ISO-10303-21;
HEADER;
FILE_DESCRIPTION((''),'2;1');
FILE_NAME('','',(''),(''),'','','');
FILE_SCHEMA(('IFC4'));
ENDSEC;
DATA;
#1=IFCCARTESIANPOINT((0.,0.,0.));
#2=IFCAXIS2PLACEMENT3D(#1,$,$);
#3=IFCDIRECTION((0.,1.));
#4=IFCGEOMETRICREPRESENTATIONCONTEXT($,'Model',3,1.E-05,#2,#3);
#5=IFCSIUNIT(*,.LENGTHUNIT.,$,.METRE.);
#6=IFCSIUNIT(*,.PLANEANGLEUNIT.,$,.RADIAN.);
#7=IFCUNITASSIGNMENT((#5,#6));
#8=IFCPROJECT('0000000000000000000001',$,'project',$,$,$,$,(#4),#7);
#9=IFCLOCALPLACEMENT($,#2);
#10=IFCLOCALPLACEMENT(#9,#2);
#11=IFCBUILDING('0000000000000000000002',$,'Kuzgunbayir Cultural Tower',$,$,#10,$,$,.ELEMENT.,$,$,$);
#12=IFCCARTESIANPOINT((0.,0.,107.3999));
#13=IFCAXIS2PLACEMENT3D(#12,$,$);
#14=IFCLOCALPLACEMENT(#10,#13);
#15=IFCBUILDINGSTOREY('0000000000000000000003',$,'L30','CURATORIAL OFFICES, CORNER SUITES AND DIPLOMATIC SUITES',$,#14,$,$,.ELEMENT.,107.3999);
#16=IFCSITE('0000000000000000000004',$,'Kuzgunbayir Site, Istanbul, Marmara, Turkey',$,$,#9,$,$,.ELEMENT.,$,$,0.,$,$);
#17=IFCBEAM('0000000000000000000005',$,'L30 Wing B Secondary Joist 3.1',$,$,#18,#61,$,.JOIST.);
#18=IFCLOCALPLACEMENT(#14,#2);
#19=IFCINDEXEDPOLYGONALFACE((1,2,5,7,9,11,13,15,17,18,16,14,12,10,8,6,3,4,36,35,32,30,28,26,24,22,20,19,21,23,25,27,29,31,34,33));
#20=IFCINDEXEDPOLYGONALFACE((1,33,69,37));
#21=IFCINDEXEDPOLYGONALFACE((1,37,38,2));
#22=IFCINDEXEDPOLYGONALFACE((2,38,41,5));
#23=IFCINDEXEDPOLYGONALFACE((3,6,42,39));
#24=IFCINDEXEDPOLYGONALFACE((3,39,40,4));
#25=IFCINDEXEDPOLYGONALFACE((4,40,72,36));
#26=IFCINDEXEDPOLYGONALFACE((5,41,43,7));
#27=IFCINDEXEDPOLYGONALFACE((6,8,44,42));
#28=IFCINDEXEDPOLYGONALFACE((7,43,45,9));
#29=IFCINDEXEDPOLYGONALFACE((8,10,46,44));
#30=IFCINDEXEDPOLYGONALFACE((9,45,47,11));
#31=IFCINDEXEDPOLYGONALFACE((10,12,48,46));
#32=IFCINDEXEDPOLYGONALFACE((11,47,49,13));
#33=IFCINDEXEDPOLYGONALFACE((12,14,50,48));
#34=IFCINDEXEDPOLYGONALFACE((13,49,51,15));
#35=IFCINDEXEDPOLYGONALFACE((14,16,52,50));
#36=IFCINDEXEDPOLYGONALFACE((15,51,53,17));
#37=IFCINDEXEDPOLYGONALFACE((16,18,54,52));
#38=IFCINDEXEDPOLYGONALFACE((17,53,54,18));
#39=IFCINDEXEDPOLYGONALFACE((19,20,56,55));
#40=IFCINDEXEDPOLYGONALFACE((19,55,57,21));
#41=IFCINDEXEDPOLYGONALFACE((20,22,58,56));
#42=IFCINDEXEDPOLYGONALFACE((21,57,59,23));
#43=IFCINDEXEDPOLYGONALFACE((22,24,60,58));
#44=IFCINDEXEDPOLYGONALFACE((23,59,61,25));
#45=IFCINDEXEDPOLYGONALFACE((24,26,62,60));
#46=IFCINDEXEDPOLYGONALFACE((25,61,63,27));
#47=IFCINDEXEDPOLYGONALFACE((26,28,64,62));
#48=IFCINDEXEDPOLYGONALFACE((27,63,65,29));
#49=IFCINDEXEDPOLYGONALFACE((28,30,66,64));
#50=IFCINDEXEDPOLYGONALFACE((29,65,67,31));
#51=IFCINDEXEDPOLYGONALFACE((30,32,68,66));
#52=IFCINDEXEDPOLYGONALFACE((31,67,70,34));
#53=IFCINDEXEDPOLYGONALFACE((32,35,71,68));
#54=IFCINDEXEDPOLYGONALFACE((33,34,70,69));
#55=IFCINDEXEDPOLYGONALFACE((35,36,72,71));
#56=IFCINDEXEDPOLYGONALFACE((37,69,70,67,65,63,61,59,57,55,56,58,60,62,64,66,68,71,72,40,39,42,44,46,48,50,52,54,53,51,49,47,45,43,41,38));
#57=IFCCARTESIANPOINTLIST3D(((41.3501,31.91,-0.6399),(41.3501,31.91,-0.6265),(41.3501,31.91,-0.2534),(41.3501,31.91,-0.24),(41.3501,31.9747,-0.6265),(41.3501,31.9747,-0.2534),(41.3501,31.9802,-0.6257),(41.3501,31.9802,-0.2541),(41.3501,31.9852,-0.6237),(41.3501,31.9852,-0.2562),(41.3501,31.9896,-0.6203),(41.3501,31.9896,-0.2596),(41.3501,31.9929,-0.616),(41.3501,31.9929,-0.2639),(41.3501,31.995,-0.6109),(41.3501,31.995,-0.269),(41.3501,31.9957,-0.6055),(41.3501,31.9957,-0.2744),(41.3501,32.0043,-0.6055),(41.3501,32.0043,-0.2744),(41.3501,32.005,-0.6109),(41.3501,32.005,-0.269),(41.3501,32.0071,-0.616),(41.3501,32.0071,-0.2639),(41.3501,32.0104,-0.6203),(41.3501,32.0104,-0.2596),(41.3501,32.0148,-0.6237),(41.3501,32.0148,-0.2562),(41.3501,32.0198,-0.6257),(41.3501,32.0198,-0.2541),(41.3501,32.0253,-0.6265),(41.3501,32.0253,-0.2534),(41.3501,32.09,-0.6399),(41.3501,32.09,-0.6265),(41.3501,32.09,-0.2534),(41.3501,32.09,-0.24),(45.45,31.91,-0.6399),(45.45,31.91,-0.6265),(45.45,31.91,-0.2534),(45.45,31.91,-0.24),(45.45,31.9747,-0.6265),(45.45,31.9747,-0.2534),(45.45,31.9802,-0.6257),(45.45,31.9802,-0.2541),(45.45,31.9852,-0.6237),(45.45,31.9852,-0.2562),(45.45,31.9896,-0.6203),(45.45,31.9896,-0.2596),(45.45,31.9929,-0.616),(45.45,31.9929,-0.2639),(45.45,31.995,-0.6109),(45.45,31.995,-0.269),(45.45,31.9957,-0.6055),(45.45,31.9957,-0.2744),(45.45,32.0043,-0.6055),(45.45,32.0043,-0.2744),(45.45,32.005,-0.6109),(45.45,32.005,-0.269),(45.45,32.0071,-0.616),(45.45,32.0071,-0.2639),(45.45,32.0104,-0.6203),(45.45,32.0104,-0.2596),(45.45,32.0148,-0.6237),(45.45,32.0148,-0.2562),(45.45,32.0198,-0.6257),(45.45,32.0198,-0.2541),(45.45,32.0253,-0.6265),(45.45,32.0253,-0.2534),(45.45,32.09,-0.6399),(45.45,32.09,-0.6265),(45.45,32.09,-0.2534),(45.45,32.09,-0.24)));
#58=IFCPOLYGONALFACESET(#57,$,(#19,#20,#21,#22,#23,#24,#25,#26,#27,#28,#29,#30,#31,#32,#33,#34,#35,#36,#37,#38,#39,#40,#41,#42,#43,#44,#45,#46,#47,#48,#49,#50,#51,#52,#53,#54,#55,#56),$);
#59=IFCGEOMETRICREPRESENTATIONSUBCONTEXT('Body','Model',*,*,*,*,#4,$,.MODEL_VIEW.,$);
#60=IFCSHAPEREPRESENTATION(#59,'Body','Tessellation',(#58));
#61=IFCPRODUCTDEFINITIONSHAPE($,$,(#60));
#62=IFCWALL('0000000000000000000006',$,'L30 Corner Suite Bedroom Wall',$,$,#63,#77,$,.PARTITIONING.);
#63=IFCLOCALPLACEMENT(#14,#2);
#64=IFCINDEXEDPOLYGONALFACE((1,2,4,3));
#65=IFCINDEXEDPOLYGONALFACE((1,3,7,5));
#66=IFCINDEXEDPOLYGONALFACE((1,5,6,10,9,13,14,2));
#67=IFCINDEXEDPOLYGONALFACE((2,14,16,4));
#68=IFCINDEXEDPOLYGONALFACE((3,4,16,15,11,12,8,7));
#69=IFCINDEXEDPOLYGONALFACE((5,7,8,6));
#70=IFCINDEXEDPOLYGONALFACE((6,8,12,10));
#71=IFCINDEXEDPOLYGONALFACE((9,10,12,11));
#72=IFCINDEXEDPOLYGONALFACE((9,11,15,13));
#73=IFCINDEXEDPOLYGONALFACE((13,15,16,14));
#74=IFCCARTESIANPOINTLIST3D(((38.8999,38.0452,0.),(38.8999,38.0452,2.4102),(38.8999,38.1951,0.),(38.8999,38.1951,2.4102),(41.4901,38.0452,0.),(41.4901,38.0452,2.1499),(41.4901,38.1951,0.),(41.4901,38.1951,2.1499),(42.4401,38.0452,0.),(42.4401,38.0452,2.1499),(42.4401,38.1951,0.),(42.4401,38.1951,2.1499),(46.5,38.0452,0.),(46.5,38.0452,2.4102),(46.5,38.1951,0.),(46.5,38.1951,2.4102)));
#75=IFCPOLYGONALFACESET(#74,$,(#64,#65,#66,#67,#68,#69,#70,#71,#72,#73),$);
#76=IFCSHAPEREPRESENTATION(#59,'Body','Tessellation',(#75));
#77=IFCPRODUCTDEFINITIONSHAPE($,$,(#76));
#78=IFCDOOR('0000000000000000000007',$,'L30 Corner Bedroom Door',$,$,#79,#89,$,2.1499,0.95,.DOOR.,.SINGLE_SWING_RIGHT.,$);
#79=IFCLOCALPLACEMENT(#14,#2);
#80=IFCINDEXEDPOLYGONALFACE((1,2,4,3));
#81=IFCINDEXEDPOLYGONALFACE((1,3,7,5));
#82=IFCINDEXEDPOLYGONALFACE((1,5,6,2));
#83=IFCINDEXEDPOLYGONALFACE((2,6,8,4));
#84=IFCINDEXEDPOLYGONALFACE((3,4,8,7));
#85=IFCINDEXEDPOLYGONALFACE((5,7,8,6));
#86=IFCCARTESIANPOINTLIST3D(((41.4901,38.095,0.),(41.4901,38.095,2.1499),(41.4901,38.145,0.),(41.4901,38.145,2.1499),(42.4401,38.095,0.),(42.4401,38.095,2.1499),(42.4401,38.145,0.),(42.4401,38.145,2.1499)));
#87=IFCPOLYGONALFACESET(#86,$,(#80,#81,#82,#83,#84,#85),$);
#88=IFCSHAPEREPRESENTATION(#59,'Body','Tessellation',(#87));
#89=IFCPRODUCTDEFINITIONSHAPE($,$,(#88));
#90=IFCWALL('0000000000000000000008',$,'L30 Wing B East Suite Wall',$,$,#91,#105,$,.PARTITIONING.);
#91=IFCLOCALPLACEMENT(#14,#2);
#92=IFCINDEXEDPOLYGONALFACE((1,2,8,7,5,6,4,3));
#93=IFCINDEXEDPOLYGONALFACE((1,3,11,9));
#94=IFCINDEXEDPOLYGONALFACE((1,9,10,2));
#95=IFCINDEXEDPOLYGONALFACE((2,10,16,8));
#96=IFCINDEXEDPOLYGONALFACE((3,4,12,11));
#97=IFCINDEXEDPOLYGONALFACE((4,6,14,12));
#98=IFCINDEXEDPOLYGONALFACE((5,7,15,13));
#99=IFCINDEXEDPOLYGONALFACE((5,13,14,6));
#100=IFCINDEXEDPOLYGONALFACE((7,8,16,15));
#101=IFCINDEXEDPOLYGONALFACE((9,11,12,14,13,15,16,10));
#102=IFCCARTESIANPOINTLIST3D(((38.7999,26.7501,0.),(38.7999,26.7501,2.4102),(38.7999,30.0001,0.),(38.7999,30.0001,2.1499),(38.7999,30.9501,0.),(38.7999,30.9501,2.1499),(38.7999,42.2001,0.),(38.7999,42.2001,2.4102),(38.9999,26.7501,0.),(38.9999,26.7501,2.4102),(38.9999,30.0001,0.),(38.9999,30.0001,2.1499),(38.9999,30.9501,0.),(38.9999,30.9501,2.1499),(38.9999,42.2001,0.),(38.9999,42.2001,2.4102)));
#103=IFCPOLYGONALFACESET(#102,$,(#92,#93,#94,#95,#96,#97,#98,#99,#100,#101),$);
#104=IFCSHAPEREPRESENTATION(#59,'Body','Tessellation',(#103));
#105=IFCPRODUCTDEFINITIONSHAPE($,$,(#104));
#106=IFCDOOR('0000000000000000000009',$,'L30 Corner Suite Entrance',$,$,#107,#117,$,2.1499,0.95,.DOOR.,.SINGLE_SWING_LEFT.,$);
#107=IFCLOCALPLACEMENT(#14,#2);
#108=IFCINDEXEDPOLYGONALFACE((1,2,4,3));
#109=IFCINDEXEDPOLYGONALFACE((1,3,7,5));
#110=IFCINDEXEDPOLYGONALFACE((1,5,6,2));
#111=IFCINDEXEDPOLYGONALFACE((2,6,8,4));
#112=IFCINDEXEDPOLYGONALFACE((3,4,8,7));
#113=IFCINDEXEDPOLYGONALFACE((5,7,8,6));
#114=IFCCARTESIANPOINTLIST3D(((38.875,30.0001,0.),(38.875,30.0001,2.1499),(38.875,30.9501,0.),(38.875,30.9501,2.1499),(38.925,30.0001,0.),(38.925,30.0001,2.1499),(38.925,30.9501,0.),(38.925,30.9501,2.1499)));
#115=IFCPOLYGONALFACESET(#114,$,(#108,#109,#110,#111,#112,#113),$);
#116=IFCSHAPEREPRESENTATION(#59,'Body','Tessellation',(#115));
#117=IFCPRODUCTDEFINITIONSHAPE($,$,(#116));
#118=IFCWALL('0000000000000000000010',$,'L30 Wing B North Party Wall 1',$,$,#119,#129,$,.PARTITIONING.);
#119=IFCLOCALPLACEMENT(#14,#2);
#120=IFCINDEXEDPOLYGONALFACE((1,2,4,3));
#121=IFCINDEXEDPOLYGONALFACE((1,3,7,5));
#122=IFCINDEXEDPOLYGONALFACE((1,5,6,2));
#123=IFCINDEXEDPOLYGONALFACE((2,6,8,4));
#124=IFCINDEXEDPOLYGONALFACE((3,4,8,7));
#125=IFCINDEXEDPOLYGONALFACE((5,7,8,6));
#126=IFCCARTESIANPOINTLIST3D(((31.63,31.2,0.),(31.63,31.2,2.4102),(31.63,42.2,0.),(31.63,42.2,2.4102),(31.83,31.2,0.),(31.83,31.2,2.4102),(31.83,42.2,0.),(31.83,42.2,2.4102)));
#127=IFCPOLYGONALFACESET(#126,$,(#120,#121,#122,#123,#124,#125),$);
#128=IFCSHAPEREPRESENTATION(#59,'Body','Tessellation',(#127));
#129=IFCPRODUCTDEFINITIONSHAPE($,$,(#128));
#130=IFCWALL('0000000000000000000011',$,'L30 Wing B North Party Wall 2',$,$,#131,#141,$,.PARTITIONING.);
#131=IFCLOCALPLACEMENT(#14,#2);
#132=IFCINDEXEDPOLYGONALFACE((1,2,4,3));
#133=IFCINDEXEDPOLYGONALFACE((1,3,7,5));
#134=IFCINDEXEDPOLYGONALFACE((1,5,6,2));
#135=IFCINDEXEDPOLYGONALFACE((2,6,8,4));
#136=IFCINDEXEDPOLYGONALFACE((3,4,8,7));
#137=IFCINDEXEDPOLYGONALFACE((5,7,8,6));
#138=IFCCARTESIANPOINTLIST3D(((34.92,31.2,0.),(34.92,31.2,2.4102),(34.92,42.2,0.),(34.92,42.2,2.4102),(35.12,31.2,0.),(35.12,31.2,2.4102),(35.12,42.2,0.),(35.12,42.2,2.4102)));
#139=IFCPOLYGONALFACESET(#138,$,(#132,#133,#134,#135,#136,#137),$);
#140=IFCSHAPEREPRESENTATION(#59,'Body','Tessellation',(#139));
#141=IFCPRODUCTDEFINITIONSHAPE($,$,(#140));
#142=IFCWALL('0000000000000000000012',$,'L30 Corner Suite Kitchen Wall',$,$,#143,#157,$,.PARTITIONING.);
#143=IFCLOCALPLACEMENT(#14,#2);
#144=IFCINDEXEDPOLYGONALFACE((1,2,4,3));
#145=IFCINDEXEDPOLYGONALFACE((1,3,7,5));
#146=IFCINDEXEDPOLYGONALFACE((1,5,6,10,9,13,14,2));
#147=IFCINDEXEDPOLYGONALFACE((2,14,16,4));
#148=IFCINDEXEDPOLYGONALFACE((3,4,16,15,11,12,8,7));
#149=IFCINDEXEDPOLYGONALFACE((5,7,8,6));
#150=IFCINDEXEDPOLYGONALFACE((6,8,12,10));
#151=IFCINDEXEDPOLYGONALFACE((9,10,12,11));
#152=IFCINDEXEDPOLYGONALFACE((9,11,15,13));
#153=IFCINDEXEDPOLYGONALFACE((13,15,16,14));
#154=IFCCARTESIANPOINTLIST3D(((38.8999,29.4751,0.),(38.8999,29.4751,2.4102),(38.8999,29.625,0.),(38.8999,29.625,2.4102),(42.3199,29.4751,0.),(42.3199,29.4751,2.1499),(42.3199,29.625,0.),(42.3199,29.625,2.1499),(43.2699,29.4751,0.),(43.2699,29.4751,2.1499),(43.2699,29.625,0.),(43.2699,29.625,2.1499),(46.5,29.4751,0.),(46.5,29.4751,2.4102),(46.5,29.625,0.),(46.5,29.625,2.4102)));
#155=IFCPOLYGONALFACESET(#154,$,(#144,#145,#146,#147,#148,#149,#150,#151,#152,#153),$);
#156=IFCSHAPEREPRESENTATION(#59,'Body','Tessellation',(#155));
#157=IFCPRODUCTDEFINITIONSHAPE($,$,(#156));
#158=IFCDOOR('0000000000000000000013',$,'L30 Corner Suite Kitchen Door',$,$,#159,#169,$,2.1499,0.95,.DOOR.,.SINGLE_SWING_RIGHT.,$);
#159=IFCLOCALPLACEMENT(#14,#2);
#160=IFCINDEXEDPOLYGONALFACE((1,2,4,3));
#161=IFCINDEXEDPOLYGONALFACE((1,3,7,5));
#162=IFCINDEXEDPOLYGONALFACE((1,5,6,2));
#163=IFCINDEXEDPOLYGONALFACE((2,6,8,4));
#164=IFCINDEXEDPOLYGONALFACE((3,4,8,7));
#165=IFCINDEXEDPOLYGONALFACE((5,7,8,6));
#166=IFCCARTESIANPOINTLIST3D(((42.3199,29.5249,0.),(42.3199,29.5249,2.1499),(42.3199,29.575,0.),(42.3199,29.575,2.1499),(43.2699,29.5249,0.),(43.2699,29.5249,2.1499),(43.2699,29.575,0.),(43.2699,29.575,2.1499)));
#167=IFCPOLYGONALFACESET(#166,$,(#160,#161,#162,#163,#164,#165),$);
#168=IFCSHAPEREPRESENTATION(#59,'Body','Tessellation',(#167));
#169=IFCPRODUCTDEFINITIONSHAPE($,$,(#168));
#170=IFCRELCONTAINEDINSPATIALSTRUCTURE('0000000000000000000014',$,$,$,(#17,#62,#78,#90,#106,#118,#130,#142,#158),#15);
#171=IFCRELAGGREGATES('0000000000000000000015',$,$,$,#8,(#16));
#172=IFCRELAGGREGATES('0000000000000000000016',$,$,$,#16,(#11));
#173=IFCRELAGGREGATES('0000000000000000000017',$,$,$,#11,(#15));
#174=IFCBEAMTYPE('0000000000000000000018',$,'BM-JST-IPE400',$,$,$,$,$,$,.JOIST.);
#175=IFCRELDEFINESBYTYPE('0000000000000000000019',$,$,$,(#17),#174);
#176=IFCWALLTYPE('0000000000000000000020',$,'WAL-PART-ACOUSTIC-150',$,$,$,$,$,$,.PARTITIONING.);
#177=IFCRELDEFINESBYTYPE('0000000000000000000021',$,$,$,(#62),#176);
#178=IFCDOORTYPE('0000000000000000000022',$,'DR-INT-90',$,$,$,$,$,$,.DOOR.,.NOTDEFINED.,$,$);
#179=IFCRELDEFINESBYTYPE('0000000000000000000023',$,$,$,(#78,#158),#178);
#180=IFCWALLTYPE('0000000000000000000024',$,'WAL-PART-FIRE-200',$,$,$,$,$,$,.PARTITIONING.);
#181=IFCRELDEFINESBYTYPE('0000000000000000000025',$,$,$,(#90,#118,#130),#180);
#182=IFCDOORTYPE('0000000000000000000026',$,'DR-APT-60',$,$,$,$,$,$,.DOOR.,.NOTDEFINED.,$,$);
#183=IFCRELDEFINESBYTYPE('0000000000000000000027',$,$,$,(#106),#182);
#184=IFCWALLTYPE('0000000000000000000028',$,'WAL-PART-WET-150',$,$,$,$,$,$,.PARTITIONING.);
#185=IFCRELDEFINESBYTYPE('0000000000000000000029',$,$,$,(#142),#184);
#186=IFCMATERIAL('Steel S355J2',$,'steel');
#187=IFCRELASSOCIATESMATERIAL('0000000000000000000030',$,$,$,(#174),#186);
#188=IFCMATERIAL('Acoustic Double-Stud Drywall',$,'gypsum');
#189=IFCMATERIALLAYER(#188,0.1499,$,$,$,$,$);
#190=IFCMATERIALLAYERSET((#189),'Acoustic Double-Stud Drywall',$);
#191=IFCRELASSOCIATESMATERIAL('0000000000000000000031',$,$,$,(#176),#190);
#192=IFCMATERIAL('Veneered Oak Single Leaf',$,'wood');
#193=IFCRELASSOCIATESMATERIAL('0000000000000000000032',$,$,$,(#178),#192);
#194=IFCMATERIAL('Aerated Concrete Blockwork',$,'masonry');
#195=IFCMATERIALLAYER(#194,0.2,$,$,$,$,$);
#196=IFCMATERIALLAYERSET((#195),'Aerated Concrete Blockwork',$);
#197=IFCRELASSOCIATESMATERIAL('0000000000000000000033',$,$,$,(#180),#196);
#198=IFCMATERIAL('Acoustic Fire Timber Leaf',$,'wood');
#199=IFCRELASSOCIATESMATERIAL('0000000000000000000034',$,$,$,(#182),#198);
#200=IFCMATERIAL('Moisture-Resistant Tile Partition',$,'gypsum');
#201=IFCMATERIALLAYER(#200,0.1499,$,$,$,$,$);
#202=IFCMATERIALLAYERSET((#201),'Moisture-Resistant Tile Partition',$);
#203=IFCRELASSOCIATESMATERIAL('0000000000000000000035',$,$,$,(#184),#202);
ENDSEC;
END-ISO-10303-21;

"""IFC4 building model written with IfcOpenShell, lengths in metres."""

from ifc_helpers import new_model, si_unit, direction, frame, frame_2d, origin, origin_2d, place, context, subcontext, project, spatial, rectangle, i_section, extrude, material, layer, layer_set, material_profile, profile_set, type_object, element, fill, save


model = new_model("IFC4")

# Units and contexts
model_context = context("Model", 3, precision=1e-05, world=origin(), true_north=direction((0.0, 1.0)))
body_context = subcontext(model_context, "Body", "Model", "MODEL_VIEW")
ifc_project = project(units=[si_unit("LENGTHUNIT", "METRE"), si_unit("PLANEANGLEUNIT", "RADIAN")], contexts=[model_context])

# Site, building, storey
site_placement = place(None, origin())
site = spatial("IfcSite", under=ifc_project, at=site_placement, Name="Kuzgunbayir Site, Istanbul, Marmara, Turkey", CompositionType="ELEMENT", RefElevation=0.0)
building_placement = place(site_placement, origin())
building = spatial("IfcBuilding", under=site, at=building_placement, Name="Kuzgunbayir Cultural Tower", CompositionType="ELEMENT")
storey_placement = place(building_placement, frame((0.0, 0.0, 107.3999)))
storey = spatial("IfcBuildingStorey", under=building, at=storey_placement, Name="L30", Description="CURATORIAL OFFICES, CORNER SUITES AND DIPLOMATIC SUITES", CompositionType="ELEMENT", Elevation=107.3999)

# Beam
ifc_material_1 = material(Name="Steel S355J2", Category="steel")
ifc_material_profile_1 = material_profile(ifc_material_1, i_section(OverallWidth=0.1799, OverallDepth=0.3999, WebThickness=0.0085, FlangeThickness=0.0134, FilletRadius=0.021, at=origin_2d()), Name="IPE 400")
ifc_profile_set_1 = profile_set([ifc_material_profile_1], Name="Steel S355J2")
beam_type_1 = type_object("IfcBeamType", Name="BM-JST-IPE400", PredefinedType="JOIST", material=ifc_profile_set_1)
beam_1_placement = place(storey_placement, frame((41.3501, 32.0, -0.4399), z_axis=(1.0, 0.0, 0.0), x_axis=(0.0, 1.0, 0.0)))
element("IfcBeam", 1, at=beam_1_placement, inside=storey, type_object=beam_type_1, Name="L30 Wing B Secondary Joist 3.1", PredefinedType="JOIST", context=body_context, shape_type="SweptSolid", body=[
    extrude(i_section(OverallWidth=0.1799, OverallDepth=0.3999, WebThickness=0.0085, FlangeThickness=0.0134, FilletRadius=0.021, at=origin_2d()), origin(), (0.0, 0.0, 1.0), 4.0999),
])

# Walls, openings, doors
ifc_material_2 = material(Name="Acoustic Double-Stud Drywall", Category="gypsum")
ifc_layer_1 = layer(ifc_material_2, 0.1499)
ifc_layer_set_1 = layer_set([ifc_layer_1], Name="Acoustic Double-Stud Drywall")
wall_type_1 = type_object("IfcWallType", Name="WAL-PART-ACOUSTIC-150", PredefinedType="PARTITIONING", material=ifc_layer_set_1)
wall_1_placement = place(storey_placement, frame((38.8999, 38.1201, 0.0), z_axis=(0.0, 0.0, 1.0), x_axis=(1.0, 0.0, 0.0)))
wall_1 = element("IfcWall", 2, at=wall_1_placement, inside=storey, type_object=wall_type_1, Name="L30 Corner Suite Bedroom Wall", PredefinedType="PARTITIONING", context=body_context, shape_type="SweptSolid", body=[
    extrude(rectangle(XDim=7.6001, YDim=0.1499, at=frame_2d((3.8, 0.0))), origin(), (0.0, 0.0, 1.0), 2.4102),
])
opening_1_placement = place(wall_1_placement, frame((2.5901, 0.0, 0.0)))
opening_1 = element("IfcOpeningElement", 3, at=opening_1_placement, cuts=wall_1, PredefinedType="OPENING", context=body_context, shape_type="SweptSolid", body=[
    extrude(rectangle(XDim=0.95, YDim=2.1499, at=frame_2d((0.4751, 1.075))), frame((0.0, 0.085, 0.0), z_axis=(0.0, -1.0, 0.0), x_axis=(1.0, 0.0, 0.0)), (0.0, 0.0, 1.0), 0.1699),
])
ifc_material_3 = material(Name="Veneered Oak Single Leaf", Category="wood")
door_type_1 = type_object("IfcDoorType", Name="DR-INT-90", OperationType="NOTDEFINED", PredefinedType="DOOR", material=ifc_material_3)
door_1_placement = place(opening_1_placement, origin())
door_1 = element("IfcDoor", 4, at=door_1_placement, inside=storey, type_object=door_type_1, Name="L30 Corner Bedroom Door", OperationType="SINGLE_SWING_RIGHT", OverallHeight=2.1499, OverallWidth=0.95, PredefinedType="DOOR", context=body_context, shape_type="SweptSolid", body=[
    extrude(rectangle(XDim=0.95, YDim=2.1499, at=frame_2d((0.4751, 1.075))), frame((0.0, 0.0249, 0.0), z_axis=(0.0, -1.0, 0.0), x_axis=(1.0, 0.0, 0.0)), (0.0, 0.0, 1.0), 0.05),
])
fill(opening_1, door_1)
ifc_material_4 = material(Name="Aerated Concrete Blockwork", Category="masonry")
ifc_layer_2 = layer(ifc_material_4, 0.2)
ifc_layer_set_2 = layer_set([ifc_layer_2], Name="Aerated Concrete Blockwork")
wall_type_2 = type_object("IfcWallType", Name="WAL-PART-FIRE-200", PredefinedType="PARTITIONING", material=ifc_layer_set_2)
wall_2_placement = place(storey_placement, frame((38.8999, 26.75, 0.0), z_axis=(0.0, 0.0, 1.0), x_axis=(0.0, 1.0, 0.0)))
wall_2 = element("IfcWall", 5, at=wall_2_placement, inside=storey, type_object=wall_type_2, Name="L30 Wing B East Suite Wall", PredefinedType="PARTITIONING", context=body_context, shape_type="SweptSolid", body=[
    extrude(rectangle(XDim=15.45, YDim=0.2, at=frame_2d((7.7251, 0.0))), origin(), (0.0, 0.0, 1.0), 2.4102),
])
opening_2_placement = place(wall_2_placement, frame((3.25, 0.0, 0.0)))
opening_2 = element("IfcOpeningElement", 6, at=opening_2_placement, cuts=wall_2, PredefinedType="OPENING", context=body_context, shape_type="SweptSolid", body=[
    extrude(rectangle(XDim=0.95, YDim=2.1499, at=frame_2d((0.4751, 1.075))), frame((0.0, 0.1099, 0.0), z_axis=(0.0, -1.0, 0.0), x_axis=(1.0, 0.0, 0.0)), (0.0, 0.0, 1.0), 0.22),
])
ifc_material_5 = material(Name="Acoustic Fire Timber Leaf", Category="wood")
door_type_2 = type_object("IfcDoorType", Name="DR-APT-60", OperationType="NOTDEFINED", PredefinedType="DOOR", material=ifc_material_5)
door_2_placement = place(opening_2_placement, origin())
door_2 = element("IfcDoor", 7, at=door_2_placement, inside=storey, type_object=door_type_2, Name="L30 Corner Suite Entrance", OperationType="SINGLE_SWING_LEFT", OverallHeight=2.1499, OverallWidth=0.95, PredefinedType="DOOR", context=body_context, shape_type="SweptSolid", body=[
    extrude(rectangle(XDim=0.95, YDim=2.1499, at=frame_2d((0.4751, 1.075))), frame((0.0, 0.0249, 0.0), z_axis=(0.0, -1.0, 0.0), x_axis=(1.0, 0.0, 0.0)), (0.0, 0.0, 1.0), 0.05),
])
fill(opening_2, door_2)

# Walls
for number, where, z_axis, x_axis, name in (
    (8, (31.73, 31.2, 0.0), (0.0, 0.0, 1.0), (0.0, 1.0, 0.0), "L30 Wing B North Party Wall 1"),
    (9, (35.02, 31.2, 0.0), (0.0, 0.0, 1.0), (0.0, 1.0, 0.0), "L30 Wing B North Party Wall 2"),
):
    element("IfcWall", number, at=place(storey_placement, frame(where, z_axis=z_axis, x_axis=x_axis)), inside=storey, type_object=wall_type_2, Name=name, PredefinedType="PARTITIONING", context=body_context, shape_type="SweptSolid", body=[
        extrude(rectangle(XDim=11.0, YDim=0.2, at=frame_2d((5.5, 0.0))), origin(), (0.0, 0.0, 1.0), 2.4102),
    ])

# Wall, opening, door
ifc_material_6 = material(Name="Moisture-Resistant Tile Partition", Category="gypsum")
ifc_layer_3 = layer(ifc_material_6, 0.1499)
ifc_layer_set_3 = layer_set([ifc_layer_3], Name="Moisture-Resistant Tile Partition")
wall_type_3 = type_object("IfcWallType", Name="WAL-PART-WET-150", PredefinedType="PARTITIONING", material=ifc_layer_set_3)
wall_3_placement = place(storey_placement, frame((38.8999, 29.55, 0.0), z_axis=(0.0, 0.0, 1.0), x_axis=(1.0, 0.0, 0.0)))
wall_3 = element("IfcWall", 10, at=wall_3_placement, inside=storey, type_object=wall_type_3, Name="L30 Corner Suite Kitchen Wall", PredefinedType="PARTITIONING", context=body_context, shape_type="SweptSolid", body=[
    extrude(rectangle(XDim=7.6001, YDim=0.1499, at=frame_2d((3.8, 0.0))), origin(), (0.0, 0.0, 1.0), 2.4102),
])
opening_3_placement = place(wall_3_placement, frame((3.4199, 0.0, 0.0)))
opening_3 = element("IfcOpeningElement", 11, at=opening_3_placement, cuts=wall_3, PredefinedType="OPENING", context=body_context, shape_type="SweptSolid", body=[
    extrude(rectangle(XDim=0.95, YDim=2.1499, at=frame_2d((0.4751, 1.075))), frame((0.0, 0.085, 0.0), z_axis=(0.0, -1.0, 0.0), x_axis=(1.0, 0.0, 0.0)), (0.0, 0.0, 1.0), 0.1699),
])
door_3_placement = place(opening_3_placement, origin())
door_3 = element("IfcDoor", 12, at=door_3_placement, inside=storey, type_object=door_type_1, Name="L30 Corner Suite Kitchen Door", OperationType="SINGLE_SWING_RIGHT", OverallHeight=2.1499, OverallWidth=0.95, PredefinedType="DOOR", context=body_context, shape_type="SweptSolid", body=[
    extrude(rectangle(XDim=0.95, YDim=2.1499, at=frame_2d((0.4751, 1.075))), frame((0.0, 0.0249, 0.0), z_axis=(0.0, -1.0, 0.0), x_axis=(1.0, 0.0, 0.0)), (0.0, 0.0, 1.0), 0.05),
])
fill(opening_3, door_3)

save(model, "model.ifc")
